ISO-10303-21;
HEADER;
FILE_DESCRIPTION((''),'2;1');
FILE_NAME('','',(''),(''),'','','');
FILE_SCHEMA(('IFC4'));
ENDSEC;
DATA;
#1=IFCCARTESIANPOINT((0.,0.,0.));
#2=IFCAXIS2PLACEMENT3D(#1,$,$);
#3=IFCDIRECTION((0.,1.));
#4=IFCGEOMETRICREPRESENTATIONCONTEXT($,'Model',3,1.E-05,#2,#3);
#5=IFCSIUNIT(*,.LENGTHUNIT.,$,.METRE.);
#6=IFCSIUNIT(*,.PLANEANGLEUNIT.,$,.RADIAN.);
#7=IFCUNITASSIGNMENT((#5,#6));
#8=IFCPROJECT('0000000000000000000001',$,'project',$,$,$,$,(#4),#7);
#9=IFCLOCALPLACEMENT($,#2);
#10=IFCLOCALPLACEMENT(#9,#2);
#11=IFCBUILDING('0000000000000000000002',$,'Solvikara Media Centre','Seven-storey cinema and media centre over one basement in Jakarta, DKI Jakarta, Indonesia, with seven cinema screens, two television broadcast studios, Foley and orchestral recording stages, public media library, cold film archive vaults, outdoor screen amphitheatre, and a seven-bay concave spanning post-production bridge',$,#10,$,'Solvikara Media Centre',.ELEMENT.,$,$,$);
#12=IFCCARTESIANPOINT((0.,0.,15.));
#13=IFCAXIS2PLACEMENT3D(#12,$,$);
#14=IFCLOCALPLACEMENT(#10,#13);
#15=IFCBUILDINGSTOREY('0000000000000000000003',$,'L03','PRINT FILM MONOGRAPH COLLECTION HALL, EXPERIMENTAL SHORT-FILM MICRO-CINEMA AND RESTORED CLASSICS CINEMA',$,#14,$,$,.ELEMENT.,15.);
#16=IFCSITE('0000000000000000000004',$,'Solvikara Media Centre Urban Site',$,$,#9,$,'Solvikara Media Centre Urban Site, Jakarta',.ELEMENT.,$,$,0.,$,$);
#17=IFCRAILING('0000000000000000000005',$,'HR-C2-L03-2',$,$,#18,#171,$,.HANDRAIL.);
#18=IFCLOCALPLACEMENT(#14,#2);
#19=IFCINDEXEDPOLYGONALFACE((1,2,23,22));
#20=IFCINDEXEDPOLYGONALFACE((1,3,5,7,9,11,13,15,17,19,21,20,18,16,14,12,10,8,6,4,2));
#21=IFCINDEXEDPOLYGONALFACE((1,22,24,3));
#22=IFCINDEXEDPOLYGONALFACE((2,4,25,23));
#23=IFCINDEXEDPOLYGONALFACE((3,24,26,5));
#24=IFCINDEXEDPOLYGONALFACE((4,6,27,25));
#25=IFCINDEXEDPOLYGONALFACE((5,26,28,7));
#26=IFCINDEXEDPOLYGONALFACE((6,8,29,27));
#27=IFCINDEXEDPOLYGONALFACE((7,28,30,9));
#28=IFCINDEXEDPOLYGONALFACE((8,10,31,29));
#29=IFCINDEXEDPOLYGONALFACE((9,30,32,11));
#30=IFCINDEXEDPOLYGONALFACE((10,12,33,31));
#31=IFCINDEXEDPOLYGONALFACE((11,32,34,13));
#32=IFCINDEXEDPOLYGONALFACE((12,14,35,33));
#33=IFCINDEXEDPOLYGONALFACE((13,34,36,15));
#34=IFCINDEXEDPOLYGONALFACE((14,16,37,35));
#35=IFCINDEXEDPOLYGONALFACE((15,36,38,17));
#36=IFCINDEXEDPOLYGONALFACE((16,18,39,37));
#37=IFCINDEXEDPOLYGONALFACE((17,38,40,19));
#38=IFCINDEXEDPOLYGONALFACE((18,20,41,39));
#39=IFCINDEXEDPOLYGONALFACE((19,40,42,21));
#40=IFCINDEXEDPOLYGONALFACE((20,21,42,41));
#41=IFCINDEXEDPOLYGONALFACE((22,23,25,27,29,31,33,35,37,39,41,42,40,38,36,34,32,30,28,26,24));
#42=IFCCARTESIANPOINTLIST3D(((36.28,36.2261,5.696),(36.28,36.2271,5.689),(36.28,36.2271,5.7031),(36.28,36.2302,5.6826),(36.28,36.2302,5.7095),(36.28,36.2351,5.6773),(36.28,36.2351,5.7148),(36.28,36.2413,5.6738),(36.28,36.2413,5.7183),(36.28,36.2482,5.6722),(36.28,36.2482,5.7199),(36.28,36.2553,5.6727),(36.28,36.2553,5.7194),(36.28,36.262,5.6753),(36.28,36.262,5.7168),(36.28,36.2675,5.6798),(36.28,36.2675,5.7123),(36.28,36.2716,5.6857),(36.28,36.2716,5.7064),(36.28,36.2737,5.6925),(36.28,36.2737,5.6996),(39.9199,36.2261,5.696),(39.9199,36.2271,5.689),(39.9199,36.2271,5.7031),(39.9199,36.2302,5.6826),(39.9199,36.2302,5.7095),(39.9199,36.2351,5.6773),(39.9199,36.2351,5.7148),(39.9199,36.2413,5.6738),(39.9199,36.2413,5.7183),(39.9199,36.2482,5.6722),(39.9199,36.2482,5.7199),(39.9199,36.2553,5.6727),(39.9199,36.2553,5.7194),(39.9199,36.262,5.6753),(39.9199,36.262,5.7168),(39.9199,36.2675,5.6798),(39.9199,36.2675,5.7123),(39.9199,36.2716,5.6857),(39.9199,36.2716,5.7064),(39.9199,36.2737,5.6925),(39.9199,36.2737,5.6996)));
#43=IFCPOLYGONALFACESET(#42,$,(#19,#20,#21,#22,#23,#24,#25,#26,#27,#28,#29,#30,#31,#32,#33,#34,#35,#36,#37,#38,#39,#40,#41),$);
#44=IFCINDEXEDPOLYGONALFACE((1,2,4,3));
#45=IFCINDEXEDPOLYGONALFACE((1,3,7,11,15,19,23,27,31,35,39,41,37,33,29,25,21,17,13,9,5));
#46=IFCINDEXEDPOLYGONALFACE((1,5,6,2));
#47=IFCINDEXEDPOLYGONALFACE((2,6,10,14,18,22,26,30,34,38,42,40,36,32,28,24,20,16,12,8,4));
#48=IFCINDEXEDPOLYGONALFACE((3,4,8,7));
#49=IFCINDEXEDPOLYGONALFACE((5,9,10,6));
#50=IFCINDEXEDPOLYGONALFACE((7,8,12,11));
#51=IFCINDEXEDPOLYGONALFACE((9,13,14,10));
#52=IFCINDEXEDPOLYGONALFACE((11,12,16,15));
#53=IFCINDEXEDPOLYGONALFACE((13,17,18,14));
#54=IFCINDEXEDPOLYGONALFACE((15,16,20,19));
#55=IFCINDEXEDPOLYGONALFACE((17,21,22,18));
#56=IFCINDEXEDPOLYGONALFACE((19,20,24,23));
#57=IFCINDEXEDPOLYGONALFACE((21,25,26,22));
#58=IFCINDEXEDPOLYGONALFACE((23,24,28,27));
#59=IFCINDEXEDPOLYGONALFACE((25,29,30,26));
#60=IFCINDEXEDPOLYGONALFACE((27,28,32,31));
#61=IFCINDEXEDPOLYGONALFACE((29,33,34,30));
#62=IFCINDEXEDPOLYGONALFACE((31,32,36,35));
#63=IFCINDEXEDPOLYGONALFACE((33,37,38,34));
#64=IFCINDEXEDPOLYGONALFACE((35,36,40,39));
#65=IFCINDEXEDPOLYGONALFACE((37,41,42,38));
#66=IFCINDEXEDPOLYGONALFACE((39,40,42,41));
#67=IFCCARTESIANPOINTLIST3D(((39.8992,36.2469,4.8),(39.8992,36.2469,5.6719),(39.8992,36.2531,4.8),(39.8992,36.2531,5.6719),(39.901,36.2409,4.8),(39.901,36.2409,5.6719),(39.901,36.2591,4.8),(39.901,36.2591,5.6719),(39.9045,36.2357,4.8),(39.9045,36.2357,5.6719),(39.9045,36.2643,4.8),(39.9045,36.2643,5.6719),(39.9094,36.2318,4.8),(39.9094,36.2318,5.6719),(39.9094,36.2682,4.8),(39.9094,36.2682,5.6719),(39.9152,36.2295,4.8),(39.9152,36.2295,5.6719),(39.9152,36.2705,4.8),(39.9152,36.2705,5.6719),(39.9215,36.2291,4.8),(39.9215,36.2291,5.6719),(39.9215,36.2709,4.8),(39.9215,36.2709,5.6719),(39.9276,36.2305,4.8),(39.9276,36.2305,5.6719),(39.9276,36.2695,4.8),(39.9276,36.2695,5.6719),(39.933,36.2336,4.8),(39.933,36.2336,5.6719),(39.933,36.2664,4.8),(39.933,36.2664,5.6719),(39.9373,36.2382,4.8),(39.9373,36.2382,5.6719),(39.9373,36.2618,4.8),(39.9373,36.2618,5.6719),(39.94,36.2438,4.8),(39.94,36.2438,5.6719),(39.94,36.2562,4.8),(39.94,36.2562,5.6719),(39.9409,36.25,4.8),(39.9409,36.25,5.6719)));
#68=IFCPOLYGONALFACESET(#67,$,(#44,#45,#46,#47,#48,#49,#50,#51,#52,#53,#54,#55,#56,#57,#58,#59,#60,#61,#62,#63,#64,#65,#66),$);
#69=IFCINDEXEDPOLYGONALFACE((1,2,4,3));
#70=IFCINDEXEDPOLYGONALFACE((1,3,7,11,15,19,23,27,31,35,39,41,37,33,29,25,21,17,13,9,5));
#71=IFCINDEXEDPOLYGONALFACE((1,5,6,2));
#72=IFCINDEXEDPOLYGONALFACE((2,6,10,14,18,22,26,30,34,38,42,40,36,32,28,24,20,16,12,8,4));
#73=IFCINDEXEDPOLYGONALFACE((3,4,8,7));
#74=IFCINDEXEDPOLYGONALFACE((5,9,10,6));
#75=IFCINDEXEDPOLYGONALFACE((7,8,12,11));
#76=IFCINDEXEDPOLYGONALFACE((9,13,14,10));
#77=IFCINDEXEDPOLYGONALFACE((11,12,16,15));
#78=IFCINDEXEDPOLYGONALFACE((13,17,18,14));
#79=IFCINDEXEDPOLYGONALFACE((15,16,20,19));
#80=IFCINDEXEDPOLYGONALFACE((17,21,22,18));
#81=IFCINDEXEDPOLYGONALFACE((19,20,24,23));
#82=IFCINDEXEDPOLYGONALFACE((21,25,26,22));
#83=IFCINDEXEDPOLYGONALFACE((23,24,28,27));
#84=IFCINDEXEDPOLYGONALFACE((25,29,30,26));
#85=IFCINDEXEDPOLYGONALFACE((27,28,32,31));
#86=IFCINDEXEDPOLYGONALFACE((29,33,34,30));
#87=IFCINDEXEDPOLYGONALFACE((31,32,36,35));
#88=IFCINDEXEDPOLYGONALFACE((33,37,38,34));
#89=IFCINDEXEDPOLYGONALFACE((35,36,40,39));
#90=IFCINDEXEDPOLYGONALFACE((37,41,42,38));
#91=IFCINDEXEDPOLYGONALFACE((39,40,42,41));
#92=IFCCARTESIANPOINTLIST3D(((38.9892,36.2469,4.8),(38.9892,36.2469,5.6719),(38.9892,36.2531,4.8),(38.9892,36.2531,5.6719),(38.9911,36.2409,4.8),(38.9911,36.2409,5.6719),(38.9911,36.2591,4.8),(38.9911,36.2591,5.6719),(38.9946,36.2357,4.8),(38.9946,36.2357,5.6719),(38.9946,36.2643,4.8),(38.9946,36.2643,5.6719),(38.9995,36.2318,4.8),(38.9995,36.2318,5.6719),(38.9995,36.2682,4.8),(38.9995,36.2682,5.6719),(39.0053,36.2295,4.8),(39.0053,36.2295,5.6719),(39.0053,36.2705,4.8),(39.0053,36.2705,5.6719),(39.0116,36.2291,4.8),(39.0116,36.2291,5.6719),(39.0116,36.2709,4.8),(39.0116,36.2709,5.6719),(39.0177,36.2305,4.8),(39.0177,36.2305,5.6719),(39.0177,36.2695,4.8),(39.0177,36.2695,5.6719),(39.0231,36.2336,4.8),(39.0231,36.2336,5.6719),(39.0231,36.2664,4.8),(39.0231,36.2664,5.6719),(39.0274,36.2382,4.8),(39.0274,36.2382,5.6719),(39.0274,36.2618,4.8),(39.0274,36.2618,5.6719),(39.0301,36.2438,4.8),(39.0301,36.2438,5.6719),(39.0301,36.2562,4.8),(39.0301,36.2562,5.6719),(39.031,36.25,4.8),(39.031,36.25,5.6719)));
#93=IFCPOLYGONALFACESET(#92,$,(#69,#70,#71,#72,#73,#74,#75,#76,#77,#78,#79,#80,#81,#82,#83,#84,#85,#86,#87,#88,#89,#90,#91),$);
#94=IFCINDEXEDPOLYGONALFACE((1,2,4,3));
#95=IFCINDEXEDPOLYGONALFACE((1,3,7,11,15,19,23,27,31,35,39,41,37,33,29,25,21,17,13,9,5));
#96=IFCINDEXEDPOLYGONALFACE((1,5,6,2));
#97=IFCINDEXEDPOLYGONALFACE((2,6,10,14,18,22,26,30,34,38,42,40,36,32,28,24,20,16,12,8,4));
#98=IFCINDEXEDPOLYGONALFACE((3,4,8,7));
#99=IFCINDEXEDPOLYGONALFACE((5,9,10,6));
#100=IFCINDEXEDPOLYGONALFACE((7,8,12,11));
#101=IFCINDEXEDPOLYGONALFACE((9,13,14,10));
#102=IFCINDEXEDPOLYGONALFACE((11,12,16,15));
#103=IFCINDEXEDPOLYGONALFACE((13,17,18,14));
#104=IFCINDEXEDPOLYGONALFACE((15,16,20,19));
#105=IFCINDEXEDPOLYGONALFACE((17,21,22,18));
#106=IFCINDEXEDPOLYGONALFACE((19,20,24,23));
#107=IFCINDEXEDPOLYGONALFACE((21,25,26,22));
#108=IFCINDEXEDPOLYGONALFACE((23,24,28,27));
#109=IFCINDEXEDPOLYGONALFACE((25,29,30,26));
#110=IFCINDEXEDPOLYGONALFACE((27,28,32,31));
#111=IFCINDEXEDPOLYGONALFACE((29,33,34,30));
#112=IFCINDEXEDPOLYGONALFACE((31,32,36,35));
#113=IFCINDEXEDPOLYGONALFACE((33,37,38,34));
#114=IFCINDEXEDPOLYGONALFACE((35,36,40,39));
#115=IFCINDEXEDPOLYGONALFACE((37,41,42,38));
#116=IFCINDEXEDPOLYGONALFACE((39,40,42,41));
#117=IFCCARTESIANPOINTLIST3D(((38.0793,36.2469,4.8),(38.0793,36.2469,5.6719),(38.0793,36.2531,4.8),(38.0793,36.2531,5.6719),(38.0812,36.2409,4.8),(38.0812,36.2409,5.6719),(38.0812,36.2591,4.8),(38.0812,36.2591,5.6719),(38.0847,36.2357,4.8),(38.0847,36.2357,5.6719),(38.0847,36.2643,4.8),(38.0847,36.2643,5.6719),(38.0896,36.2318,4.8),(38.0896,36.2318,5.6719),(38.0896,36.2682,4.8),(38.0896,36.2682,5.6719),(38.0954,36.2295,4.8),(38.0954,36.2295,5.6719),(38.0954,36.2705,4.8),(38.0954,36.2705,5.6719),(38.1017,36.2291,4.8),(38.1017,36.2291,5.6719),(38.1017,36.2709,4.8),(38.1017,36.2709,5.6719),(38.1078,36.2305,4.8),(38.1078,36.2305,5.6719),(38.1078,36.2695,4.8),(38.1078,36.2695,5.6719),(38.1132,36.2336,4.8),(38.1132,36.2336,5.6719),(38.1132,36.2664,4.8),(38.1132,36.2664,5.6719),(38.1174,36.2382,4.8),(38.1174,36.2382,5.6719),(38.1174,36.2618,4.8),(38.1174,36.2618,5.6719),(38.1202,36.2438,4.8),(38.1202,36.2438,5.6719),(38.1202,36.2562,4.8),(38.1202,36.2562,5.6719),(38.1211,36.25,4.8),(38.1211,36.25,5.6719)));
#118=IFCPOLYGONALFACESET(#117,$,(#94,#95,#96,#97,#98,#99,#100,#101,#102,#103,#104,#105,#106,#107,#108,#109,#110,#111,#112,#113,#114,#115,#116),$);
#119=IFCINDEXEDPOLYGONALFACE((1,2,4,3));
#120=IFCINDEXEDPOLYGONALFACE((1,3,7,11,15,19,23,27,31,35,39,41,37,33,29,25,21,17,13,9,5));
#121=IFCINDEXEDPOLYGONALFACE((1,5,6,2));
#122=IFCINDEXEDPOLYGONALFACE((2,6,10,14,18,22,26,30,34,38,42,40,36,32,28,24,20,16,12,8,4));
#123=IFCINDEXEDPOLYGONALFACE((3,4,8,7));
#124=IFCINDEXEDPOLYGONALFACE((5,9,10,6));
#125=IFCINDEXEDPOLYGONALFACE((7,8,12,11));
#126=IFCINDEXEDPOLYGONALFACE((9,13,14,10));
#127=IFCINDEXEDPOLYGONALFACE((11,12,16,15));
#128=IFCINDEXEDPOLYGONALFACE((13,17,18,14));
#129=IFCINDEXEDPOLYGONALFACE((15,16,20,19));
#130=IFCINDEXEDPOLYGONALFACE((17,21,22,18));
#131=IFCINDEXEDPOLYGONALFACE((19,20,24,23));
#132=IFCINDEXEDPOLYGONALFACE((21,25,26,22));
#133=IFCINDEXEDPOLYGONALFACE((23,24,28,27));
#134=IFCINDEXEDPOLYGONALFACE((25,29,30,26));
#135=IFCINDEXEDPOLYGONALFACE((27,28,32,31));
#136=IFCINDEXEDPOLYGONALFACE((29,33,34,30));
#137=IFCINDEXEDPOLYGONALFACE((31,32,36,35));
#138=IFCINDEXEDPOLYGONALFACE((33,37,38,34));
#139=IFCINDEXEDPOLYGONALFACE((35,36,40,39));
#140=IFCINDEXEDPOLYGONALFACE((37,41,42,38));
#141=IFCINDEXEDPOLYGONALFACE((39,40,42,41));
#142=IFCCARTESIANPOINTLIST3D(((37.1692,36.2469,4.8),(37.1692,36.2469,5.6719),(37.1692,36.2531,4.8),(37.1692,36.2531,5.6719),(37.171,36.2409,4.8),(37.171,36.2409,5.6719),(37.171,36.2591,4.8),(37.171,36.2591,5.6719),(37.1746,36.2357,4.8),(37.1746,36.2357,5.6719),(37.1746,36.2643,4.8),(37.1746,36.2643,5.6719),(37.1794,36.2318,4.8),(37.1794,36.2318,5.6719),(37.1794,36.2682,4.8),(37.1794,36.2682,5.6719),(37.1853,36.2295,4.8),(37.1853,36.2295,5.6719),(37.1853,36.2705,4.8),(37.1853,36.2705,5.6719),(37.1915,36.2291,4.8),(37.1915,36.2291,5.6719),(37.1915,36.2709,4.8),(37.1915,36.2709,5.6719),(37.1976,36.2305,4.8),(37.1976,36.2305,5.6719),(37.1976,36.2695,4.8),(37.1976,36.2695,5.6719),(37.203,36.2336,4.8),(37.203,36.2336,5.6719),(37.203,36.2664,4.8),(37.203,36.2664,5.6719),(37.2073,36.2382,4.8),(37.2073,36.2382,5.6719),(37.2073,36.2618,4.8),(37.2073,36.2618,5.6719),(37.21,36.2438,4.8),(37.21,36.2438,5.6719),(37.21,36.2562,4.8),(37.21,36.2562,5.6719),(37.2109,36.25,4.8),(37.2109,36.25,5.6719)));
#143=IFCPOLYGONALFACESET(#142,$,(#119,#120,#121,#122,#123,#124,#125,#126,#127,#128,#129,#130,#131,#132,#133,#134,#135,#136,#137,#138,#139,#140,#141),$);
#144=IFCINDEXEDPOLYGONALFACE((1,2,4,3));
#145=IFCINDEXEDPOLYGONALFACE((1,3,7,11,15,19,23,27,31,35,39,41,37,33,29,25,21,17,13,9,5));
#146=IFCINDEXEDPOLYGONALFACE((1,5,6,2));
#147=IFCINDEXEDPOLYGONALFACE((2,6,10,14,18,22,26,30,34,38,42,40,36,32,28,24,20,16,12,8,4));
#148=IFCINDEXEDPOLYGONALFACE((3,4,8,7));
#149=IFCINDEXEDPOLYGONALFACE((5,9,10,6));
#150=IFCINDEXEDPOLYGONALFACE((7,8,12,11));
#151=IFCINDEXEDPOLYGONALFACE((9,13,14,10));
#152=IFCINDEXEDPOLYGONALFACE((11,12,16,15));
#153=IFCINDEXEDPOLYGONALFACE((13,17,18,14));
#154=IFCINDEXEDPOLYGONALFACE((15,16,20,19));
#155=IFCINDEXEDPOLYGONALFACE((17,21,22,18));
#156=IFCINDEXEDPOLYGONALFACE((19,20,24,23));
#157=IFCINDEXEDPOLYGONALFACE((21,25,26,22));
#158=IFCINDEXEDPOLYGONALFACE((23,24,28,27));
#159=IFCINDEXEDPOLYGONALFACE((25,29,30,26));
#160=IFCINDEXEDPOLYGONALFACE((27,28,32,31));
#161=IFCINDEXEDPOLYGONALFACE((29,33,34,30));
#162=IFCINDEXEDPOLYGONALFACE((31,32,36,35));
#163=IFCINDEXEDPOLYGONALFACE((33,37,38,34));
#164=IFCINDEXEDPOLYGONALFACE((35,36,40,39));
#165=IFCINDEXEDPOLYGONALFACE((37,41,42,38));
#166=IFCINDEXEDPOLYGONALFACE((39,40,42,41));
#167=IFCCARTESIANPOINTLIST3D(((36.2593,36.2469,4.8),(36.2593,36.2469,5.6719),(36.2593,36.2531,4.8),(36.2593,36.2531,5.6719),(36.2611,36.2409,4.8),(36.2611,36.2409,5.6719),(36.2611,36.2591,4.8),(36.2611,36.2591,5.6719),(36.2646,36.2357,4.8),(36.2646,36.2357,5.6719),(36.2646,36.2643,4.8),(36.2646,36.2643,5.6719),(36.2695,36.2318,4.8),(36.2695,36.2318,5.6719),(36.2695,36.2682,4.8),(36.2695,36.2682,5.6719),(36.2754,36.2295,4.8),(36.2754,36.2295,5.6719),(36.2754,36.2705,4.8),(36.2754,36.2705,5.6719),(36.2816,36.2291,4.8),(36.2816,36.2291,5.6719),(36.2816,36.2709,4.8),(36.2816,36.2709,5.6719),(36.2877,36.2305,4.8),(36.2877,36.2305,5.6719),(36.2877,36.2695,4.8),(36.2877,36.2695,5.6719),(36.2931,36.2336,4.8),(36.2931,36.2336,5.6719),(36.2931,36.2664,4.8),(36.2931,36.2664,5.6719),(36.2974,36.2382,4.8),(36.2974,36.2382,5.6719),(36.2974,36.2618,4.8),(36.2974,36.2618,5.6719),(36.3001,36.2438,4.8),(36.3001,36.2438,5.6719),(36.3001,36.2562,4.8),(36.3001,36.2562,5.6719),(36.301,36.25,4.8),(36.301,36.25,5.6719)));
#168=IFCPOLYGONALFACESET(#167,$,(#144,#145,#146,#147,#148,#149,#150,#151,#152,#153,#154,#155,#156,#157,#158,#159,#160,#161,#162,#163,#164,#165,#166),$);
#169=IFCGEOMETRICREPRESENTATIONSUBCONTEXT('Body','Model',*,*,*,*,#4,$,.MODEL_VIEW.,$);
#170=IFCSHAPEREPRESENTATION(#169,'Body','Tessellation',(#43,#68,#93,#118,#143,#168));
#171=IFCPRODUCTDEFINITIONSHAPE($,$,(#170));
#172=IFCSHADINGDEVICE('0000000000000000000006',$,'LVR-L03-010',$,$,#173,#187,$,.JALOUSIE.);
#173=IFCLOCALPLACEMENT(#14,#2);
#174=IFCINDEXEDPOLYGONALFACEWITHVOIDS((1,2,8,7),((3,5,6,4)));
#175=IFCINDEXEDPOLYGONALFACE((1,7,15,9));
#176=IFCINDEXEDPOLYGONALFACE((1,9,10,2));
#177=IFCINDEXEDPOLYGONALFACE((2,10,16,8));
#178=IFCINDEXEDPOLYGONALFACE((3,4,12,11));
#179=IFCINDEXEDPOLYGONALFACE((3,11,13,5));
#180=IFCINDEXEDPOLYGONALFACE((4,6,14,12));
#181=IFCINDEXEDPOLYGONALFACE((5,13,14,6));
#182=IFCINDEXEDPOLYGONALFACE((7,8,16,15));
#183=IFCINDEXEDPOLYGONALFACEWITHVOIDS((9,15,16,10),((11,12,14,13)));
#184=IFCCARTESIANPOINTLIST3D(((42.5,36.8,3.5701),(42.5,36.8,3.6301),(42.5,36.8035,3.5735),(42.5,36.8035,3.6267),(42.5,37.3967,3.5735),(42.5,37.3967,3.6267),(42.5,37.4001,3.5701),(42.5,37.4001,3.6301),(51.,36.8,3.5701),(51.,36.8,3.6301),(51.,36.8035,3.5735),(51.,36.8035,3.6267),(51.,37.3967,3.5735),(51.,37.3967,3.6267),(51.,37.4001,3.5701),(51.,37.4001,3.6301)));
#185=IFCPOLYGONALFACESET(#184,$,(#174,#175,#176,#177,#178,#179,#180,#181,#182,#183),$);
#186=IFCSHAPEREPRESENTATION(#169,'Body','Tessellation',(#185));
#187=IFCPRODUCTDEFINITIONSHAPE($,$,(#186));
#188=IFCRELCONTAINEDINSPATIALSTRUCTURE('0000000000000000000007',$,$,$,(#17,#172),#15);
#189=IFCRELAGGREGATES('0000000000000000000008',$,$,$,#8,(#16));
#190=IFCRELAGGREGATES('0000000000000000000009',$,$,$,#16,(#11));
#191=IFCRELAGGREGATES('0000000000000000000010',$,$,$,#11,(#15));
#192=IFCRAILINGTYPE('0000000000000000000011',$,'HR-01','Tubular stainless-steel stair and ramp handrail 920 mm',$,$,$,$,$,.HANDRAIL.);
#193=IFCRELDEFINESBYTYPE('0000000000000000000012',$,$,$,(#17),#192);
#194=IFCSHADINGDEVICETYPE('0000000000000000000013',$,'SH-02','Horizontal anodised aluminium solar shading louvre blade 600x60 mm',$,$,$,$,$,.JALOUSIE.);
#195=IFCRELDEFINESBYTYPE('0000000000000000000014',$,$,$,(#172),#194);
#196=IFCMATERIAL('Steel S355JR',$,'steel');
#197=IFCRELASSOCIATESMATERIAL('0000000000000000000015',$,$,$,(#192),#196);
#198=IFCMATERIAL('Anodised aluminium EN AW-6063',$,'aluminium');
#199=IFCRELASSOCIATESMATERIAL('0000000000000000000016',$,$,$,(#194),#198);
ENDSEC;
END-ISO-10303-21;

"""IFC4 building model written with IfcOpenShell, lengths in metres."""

from ifc_helpers import new_model, si_unit, direction, frame, origin, origin_2d, place, context, subcontext, project, spatial, hollow_rectangle, circle, extrude, material, material_profile, profile_set, type_object, element, save


model = new_model("IFC4")

# Units and contexts
model_context = context("Model", 3, precision=1e-05, world=origin(), true_north=direction((0.0, 1.0)))
body_context = subcontext(model_context, "Body", "Model", "MODEL_VIEW")
ifc_project = project(units=[si_unit("LENGTHUNIT", "METRE"), si_unit("PLANEANGLEUNIT", "RADIAN")], contexts=[model_context])

# Site, building, storey
site_placement = place(None, origin())
site = spatial("IfcSite", under=ifc_project, at=site_placement, Name="Solvikara Media Centre Urban Site", LongName="Solvikara Media Centre Urban Site, Jakarta", CompositionType="ELEMENT", RefElevation=0.0)
building_placement = place(site_placement, origin())
building = spatial("IfcBuilding", under=site, at=building_placement, Name="Solvikara Media Centre", Description="Seven-storey cinema and media centre over one basement in Jakarta, DKI Jakarta, Indonesia, with seven cinema screens, two television broadcast studios, Foley and orchestral recording stages, public media library, cold film archive vaults, outdoor screen amphitheatre, and a seven-bay concave spanning post-production bridge", LongName="Solvikara Media Centre", CompositionType="ELEMENT")
storey_placement = place(building_placement, frame((0.0, 0.0, 15.0)))
storey = spatial("IfcBuildingStorey", under=building, at=storey_placement, Name="L03", Description="PRINT FILM MONOGRAPH COLLECTION HALL, EXPERIMENTAL SHORT-FILM MICRO-CINEMA AND RESTORED CLASSICS CINEMA", CompositionType="ELEMENT", Elevation=15.0)

# Shared definitions
ifc_material_1 = material(Name="Steel S355JR", Category="steel")

# Shared definitions
ifc_material_2 = material(Name="Anodised aluminium EN AW-6063", Category="aluminium")

# Railing
railing_type_1 = type_object("IfcRailingType", Name="HR-01", Description="Tubular stainless-steel stair and ramp handrail 920 mm", PredefinedType="HANDRAIL", material=ifc_material_1)
railing_1_placement = place(storey_placement, frame((39.9199, 36.25, 4.8)))
element("IfcRailing", 1, at=railing_1_placement, inside=storey, type_object=railing_type_1, Name="HR-C2-L03-2", PredefinedType="HANDRAIL", context=body_context, shape_type="SweptSolid", body=[
    extrude(circle(Radius=0.0239, at=origin_2d()), frame((0.0, 0.0, 0.896), z_axis=(-1.0, 0.0, 0.0), x_axis=(0.0, -1.0, 0.0)), (0.0, 0.0, 1.0), 3.6399),
    extrude(circle(Radius=0.021, at=origin_2d()), origin(), (0.0, 0.0, 1.0), 0.8718),
    extrude(circle(Radius=0.021, at=origin_2d()), frame((-0.9099, 0.0, 0.0)), (0.0, 0.0, 1.0), 0.8718),
    extrude(circle(Radius=0.021, at=origin_2d()), frame((-1.8198, 0.0, 0.0)), (0.0, 0.0, 1.0), 0.8718),
    extrude(circle(Radius=0.021, at=origin_2d()), frame((-2.73, 0.0, 0.0)), (0.0, 0.0, 1.0), 0.8718),
    extrude(circle(Radius=0.021, at=origin_2d()), frame((-3.6399, 0.0, 0.0)), (0.0, 0.0, 1.0), 0.8718),
])

# Shading device
ifc_material_profile_1 = material_profile(ifc_material_2, hollow_rectangle(XDim=0.6001, YDim=0.0601, WallThickness=0.0034, at=origin_2d()), Name="ALU-LOUVRE 60x600x3.5")
ifc_profile_set_1 = profile_set([ifc_material_profile_1], Name="Anodised aluminium EN AW-6063")
shading_device_type = type_object("IfcShadingDeviceType", Name="SH-02", Description="Horizontal anodised aluminium solar shading louvre blade 600x60 mm", PredefinedType="JALOUSIE", material=ifc_profile_set_1)
shading_device_placement = place(storey_placement, frame((42.5, 37.1001, 3.6001), z_axis=(1.0, 0.0, 0.0), x_axis=(0.0, 1.0, 0.0)))
element("IfcShadingDevice", 2, at=shading_device_placement, inside=storey, type_object=shading_device_type, Name="LVR-L03-010", PredefinedType="JALOUSIE", context=body_context, shape_type="SweptSolid", body=[
    extrude(hollow_rectangle(XDim=0.6001, YDim=0.0601, WallThickness=0.0034, at=origin_2d()), origin(), (0.0, 0.0, 1.0), 8.5),
])

save(model, "model.ifc")
